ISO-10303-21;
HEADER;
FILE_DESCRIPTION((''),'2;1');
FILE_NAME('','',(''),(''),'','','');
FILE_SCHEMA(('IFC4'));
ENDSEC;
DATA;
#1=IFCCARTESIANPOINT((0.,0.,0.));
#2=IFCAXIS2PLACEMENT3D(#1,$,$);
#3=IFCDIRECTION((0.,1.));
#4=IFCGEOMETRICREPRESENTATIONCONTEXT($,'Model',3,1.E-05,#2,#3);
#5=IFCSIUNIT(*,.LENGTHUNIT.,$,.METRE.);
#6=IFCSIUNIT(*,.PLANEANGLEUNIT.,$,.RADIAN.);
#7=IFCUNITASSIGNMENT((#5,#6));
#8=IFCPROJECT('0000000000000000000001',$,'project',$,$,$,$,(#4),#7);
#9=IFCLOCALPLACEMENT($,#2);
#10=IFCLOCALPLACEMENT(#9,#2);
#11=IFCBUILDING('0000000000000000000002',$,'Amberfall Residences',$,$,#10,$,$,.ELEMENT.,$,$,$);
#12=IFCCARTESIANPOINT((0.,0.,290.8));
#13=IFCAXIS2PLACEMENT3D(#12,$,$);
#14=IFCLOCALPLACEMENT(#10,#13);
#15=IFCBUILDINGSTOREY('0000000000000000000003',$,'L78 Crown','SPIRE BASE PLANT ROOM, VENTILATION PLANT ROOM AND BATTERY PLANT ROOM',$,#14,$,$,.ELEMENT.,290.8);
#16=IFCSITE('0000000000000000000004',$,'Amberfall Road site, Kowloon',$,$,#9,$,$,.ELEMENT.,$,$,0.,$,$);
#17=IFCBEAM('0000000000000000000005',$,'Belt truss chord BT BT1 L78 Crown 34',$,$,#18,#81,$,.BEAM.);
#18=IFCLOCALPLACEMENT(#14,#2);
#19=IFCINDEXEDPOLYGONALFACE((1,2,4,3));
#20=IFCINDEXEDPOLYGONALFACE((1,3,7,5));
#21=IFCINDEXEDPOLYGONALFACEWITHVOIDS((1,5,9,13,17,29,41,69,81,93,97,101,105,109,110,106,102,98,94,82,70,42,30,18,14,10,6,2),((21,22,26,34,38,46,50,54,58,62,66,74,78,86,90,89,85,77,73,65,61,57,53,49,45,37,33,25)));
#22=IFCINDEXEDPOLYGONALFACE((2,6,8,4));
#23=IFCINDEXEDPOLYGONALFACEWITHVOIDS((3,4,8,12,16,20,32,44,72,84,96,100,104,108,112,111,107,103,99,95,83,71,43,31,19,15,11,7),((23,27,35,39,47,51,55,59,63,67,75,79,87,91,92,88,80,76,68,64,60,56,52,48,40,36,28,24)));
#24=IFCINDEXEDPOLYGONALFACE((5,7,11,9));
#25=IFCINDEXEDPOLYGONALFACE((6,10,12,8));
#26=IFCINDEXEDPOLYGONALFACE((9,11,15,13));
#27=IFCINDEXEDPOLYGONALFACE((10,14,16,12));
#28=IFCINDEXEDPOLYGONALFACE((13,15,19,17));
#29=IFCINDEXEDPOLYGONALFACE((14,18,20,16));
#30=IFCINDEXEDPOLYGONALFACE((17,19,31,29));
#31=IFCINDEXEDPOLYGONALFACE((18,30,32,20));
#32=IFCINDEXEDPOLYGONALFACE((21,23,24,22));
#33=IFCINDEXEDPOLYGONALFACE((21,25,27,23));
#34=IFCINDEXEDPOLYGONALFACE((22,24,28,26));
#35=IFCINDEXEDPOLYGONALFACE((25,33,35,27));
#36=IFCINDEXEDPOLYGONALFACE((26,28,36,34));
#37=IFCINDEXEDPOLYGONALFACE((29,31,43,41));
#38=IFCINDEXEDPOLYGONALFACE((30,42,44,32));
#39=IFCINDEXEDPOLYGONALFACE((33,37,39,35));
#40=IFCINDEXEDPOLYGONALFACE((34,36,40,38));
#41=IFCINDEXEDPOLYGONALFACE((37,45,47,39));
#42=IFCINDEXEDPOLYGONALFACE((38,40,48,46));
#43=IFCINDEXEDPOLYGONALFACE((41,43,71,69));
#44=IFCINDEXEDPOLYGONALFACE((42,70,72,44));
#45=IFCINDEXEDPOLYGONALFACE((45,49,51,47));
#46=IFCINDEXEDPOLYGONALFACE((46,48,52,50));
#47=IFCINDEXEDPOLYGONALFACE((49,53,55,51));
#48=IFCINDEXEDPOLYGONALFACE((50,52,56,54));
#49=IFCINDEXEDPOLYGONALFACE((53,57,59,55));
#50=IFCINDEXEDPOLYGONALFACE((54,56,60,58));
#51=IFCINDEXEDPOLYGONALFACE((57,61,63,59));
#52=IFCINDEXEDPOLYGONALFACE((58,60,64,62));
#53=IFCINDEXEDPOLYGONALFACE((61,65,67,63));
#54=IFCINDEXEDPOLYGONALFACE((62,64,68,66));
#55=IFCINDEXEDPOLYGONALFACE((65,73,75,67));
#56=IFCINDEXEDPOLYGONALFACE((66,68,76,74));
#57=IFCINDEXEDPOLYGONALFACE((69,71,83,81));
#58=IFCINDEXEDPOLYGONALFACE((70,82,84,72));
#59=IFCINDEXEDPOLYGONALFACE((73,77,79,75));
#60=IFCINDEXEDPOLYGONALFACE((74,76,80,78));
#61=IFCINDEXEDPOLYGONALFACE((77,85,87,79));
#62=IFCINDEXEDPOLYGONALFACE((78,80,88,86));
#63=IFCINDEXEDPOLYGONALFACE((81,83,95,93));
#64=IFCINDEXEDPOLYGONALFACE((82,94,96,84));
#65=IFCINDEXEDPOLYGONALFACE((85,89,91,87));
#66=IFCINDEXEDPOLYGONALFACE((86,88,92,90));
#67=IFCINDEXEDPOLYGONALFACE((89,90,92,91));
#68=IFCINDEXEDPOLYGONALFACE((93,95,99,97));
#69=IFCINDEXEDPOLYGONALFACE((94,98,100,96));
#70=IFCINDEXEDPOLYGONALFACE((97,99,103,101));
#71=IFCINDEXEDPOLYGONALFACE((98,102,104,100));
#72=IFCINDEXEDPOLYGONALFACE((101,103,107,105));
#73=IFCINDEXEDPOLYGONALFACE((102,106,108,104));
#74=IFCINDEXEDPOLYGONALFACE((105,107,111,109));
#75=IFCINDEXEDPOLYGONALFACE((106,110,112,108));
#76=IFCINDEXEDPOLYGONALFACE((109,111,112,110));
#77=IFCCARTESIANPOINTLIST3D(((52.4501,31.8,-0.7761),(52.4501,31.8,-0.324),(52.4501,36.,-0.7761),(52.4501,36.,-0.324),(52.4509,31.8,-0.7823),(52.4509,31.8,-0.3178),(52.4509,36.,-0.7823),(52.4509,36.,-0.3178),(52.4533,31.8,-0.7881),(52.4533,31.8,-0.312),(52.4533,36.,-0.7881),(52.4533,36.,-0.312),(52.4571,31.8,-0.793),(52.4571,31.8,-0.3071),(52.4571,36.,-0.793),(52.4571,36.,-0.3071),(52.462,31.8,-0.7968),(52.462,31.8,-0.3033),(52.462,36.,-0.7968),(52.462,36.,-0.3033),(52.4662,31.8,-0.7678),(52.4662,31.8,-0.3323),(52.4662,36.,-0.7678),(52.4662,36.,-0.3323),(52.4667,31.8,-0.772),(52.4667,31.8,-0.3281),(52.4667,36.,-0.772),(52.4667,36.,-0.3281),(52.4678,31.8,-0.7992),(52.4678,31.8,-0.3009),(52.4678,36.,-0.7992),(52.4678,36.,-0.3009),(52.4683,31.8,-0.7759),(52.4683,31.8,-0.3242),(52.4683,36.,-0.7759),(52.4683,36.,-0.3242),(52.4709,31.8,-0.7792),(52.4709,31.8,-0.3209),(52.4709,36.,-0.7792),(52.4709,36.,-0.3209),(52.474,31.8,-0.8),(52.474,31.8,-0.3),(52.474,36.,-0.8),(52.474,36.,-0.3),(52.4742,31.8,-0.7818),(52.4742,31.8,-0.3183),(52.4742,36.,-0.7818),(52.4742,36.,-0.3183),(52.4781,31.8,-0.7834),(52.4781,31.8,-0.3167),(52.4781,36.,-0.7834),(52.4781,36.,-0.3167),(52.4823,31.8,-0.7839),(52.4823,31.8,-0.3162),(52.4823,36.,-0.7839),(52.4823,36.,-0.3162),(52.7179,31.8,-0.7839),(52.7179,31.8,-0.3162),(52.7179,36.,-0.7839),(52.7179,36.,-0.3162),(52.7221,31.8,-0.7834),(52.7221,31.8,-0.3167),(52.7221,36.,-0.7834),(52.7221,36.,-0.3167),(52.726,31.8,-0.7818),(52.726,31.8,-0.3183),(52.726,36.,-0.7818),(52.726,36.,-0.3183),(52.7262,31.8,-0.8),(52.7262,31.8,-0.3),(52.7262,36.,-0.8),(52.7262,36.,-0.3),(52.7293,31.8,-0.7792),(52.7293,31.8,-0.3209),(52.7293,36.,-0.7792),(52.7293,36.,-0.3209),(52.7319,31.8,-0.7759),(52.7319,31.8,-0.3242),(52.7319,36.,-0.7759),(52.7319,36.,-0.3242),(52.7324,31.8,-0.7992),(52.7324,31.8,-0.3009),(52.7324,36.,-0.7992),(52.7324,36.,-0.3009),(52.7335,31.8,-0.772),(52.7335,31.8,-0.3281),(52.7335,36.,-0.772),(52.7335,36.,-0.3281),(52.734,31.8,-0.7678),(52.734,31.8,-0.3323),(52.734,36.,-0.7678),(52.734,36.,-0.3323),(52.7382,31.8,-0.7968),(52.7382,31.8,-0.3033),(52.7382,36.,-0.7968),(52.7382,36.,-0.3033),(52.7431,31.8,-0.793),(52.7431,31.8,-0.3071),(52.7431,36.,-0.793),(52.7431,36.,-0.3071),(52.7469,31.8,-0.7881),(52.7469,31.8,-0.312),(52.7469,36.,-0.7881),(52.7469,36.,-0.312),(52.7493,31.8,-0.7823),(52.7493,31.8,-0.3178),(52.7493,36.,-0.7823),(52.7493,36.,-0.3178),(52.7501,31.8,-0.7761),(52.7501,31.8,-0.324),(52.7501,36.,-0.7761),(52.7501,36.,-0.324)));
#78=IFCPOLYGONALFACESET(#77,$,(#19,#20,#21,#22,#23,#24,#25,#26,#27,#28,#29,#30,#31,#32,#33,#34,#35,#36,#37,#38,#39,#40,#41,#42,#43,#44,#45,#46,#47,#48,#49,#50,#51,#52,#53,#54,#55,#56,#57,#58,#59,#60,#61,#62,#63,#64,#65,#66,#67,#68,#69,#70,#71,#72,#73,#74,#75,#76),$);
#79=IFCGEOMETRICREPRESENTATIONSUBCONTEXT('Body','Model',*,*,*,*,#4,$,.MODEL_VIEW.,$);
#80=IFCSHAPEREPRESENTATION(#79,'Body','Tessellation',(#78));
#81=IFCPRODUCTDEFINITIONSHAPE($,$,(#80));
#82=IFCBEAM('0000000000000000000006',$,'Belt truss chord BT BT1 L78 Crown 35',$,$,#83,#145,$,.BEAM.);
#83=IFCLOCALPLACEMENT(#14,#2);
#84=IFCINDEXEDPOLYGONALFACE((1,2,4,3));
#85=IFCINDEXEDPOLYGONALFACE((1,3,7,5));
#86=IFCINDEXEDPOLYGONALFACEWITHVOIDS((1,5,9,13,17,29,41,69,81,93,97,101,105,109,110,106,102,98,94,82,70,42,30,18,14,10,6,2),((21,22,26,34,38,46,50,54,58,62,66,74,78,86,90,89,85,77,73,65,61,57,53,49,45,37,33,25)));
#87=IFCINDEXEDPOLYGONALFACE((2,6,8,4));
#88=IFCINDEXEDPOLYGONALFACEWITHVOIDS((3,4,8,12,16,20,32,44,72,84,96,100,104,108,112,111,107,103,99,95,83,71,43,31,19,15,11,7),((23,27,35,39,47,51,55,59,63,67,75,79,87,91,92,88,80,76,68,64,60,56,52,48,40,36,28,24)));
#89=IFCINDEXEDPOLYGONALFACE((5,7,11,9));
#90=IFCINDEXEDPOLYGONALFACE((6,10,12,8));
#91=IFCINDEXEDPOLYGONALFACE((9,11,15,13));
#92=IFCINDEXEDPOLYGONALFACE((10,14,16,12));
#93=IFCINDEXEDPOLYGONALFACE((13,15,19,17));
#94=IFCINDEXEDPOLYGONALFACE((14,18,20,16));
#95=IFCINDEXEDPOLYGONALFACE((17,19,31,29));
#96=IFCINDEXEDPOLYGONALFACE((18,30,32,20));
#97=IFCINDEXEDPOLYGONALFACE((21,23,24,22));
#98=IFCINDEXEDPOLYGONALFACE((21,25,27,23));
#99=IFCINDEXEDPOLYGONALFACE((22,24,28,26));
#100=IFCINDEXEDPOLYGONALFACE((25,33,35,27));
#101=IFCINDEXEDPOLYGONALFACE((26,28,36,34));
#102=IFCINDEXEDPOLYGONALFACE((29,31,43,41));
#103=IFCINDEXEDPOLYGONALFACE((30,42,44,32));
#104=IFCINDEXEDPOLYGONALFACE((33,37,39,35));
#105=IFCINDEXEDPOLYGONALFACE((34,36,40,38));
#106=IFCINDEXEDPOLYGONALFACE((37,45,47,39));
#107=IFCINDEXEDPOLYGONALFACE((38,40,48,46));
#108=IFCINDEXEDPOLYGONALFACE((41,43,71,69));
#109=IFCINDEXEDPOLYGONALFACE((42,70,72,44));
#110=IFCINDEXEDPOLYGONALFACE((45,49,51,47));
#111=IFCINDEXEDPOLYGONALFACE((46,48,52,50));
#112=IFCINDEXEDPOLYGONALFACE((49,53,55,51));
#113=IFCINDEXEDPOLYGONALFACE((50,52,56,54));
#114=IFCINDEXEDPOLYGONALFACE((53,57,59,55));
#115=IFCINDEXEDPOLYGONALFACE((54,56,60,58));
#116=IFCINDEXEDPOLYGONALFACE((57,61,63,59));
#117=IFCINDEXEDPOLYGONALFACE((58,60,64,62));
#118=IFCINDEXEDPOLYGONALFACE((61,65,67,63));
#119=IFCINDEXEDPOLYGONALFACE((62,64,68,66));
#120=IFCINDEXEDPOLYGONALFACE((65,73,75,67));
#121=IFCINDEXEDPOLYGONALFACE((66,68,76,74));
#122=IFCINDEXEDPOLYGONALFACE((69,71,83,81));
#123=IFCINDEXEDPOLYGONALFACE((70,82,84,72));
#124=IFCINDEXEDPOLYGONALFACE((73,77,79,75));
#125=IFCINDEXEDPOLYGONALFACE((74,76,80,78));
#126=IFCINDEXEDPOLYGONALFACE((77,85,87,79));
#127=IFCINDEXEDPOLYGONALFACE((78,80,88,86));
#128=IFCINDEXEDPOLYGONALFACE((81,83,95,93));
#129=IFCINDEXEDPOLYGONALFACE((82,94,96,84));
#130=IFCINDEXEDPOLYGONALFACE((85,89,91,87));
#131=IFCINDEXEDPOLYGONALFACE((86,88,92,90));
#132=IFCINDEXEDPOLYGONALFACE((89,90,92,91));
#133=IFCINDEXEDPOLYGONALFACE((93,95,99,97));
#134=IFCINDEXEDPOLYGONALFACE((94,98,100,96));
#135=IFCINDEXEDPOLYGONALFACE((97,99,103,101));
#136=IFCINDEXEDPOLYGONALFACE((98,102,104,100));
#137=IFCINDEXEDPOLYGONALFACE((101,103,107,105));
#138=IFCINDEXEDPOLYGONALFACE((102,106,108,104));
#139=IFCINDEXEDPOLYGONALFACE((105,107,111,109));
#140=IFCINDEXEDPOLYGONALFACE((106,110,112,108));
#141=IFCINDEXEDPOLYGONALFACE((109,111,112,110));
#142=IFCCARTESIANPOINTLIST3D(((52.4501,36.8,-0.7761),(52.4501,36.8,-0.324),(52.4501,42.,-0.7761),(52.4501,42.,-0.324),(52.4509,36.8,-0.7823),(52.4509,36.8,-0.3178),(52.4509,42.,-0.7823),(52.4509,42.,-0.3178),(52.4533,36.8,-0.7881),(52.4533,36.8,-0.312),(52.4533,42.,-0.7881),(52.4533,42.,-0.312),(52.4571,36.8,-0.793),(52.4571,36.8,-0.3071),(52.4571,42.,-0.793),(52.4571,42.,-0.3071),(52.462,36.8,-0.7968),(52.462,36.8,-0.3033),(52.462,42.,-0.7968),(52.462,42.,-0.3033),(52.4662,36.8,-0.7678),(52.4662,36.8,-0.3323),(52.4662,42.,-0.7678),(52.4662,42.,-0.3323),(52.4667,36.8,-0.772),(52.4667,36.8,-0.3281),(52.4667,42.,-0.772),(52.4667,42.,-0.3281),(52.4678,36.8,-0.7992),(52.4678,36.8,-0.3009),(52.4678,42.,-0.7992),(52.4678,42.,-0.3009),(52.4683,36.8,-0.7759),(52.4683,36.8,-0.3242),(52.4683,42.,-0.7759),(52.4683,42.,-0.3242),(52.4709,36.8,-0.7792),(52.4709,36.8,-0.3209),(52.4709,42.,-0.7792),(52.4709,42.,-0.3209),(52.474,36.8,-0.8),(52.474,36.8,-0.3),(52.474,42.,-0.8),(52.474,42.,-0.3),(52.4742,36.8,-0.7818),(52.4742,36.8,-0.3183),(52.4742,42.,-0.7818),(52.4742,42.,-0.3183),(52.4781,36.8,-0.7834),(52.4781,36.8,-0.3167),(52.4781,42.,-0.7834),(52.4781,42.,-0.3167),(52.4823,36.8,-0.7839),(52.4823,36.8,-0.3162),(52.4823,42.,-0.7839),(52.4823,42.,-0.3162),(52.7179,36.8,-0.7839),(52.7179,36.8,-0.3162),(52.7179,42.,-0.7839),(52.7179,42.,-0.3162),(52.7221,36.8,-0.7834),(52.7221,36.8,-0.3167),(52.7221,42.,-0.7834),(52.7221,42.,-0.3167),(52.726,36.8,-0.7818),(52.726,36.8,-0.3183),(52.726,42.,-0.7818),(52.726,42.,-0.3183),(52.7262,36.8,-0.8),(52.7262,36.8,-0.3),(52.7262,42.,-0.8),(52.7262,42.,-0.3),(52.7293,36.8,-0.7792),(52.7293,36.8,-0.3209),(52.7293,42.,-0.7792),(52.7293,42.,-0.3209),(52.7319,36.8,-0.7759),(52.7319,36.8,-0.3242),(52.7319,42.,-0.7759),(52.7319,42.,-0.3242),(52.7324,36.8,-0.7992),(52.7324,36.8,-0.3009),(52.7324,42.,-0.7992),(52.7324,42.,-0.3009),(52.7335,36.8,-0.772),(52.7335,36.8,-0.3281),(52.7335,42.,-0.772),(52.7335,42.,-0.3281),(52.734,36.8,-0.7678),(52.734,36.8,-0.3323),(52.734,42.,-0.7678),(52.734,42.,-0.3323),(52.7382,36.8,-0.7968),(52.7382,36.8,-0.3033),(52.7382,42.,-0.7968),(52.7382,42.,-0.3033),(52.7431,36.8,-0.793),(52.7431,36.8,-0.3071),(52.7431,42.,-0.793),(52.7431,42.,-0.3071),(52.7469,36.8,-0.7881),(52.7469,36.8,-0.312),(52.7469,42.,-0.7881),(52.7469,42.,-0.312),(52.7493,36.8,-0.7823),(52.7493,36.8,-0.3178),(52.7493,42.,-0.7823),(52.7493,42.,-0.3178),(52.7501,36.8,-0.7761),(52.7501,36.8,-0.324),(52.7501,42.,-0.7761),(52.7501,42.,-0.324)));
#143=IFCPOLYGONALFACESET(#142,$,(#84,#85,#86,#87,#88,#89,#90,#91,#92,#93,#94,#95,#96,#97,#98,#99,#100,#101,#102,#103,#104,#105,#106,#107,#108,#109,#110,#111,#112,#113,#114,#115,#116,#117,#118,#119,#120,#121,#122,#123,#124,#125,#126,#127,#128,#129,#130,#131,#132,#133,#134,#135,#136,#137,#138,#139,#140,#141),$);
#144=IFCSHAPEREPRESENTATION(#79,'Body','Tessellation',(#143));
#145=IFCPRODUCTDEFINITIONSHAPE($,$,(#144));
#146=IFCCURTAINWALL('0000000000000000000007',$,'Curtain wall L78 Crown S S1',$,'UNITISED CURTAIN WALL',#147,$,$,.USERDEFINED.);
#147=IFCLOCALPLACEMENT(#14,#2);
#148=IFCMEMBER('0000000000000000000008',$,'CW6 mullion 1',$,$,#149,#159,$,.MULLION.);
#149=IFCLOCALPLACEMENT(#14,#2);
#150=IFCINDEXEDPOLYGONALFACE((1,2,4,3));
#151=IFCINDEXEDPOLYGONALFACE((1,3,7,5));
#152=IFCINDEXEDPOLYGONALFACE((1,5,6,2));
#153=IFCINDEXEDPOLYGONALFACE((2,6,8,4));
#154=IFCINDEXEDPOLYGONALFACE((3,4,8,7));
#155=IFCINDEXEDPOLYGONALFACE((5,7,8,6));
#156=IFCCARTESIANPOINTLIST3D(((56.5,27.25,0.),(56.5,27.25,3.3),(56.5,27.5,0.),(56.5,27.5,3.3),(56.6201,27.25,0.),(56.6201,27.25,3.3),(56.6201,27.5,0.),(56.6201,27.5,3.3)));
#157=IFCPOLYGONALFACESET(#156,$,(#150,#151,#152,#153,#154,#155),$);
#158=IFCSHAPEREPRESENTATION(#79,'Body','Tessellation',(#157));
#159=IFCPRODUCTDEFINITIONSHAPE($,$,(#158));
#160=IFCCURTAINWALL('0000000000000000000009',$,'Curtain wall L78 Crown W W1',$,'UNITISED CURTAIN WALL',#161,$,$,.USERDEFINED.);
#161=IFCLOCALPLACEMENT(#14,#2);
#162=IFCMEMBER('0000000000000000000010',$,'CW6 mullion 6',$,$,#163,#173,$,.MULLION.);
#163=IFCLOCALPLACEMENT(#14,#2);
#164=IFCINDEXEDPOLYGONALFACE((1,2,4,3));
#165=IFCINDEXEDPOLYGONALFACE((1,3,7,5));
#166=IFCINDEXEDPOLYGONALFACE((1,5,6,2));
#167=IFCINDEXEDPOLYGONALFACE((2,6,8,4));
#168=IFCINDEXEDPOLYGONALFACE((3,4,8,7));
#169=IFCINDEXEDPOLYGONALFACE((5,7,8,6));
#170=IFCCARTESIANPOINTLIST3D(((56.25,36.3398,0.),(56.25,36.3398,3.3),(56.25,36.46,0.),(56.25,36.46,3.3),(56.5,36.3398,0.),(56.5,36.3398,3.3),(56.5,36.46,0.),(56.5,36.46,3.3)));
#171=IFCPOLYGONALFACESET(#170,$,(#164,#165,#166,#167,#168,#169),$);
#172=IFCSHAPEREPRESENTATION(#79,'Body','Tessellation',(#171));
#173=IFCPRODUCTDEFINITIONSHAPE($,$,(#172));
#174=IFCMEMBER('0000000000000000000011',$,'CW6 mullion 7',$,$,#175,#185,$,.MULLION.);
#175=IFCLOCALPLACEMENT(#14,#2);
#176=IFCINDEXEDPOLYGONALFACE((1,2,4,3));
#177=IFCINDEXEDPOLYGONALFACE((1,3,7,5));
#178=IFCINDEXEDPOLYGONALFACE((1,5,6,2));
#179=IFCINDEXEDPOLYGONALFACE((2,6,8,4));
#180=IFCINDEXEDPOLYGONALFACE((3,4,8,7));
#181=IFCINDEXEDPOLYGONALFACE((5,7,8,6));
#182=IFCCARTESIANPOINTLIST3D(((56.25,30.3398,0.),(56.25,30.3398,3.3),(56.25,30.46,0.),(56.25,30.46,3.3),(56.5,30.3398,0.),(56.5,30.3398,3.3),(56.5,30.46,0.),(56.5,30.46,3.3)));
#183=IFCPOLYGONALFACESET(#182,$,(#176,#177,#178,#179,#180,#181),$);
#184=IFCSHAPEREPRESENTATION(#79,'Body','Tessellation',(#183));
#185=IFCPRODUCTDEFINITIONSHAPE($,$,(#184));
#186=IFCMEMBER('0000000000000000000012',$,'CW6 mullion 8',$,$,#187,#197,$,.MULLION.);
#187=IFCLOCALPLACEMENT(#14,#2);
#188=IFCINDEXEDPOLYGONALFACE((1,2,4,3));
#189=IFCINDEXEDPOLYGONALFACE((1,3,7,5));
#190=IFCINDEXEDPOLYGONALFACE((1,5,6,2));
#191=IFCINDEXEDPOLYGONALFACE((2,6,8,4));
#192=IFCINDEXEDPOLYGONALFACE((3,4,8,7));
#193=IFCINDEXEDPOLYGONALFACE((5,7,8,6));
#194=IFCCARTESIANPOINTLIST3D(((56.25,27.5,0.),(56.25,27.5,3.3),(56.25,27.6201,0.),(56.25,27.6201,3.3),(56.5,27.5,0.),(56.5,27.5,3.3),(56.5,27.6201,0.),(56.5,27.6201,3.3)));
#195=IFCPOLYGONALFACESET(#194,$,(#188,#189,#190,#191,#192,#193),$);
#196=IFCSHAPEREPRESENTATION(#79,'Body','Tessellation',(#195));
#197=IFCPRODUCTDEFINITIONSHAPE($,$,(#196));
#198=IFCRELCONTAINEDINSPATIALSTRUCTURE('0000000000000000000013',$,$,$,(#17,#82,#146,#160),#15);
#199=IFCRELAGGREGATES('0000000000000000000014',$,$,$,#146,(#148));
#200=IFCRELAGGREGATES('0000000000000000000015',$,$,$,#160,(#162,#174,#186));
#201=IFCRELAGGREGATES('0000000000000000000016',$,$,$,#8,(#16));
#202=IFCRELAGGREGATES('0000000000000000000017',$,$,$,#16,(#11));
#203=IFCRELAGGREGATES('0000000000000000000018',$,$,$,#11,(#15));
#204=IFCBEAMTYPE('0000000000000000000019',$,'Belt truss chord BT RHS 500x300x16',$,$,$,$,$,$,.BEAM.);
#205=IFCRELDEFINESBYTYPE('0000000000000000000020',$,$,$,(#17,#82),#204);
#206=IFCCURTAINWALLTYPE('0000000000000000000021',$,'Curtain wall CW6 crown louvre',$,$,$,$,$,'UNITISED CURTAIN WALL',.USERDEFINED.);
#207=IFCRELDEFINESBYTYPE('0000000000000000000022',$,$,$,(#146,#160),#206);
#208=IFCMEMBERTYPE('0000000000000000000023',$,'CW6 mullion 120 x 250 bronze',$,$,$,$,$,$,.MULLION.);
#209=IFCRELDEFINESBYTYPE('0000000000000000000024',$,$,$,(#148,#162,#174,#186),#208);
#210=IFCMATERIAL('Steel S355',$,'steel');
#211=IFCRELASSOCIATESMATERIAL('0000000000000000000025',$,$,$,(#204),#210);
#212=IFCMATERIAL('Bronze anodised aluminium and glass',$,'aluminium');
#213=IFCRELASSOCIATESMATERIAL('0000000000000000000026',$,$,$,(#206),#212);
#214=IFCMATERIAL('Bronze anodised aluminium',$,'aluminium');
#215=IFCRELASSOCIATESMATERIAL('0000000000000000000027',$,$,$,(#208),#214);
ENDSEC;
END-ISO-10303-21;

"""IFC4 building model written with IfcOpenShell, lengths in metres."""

from ifc_helpers import new_model, si_unit, direction, frame, origin, origin_2d, place, context, subcontext, project, spatial, rectangle, hollow_rectangle, extrude, material, material_profile, profile_set, type_object, element, aggregate, save


model = new_model("IFC4")

# Units and contexts
model_context = context("Model", 3, precision=1e-05, world=origin(), true_north=direction((0.0, 1.0)))
body_context = subcontext(model_context, "Body", "Model", "MODEL_VIEW")
ifc_project = project(units=[si_unit("LENGTHUNIT", "METRE"), si_unit("PLANEANGLEUNIT", "RADIAN")], contexts=[model_context])

# Site, building, storey
site_placement = place(None, origin())
site = spatial("IfcSite", under=ifc_project, at=site_placement, Name="Amberfall Road site, Kowloon", CompositionType="ELEMENT", RefElevation=0.0)
building_placement = place(site_placement, origin())
building = spatial("IfcBuilding", under=site, at=building_placement, Name="Amberfall Residences", CompositionType="ELEMENT")
storey_placement = place(building_placement, frame((0.0, 0.0, 290.8)))
storey = spatial("IfcBuildingStorey", under=building, at=storey_placement, Name="L78 Crown", Description="SPIRE BASE PLANT ROOM, VENTILATION PLANT ROOM AND BATTERY PLANT ROOM", CompositionType="ELEMENT", Elevation=290.8)

# Beams
ifc_material_1 = material(Name="Steel S355", Category="steel")
ifc_material_profile_1 = material_profile(ifc_material_1, hollow_rectangle(XDim=0.3, YDim=0.5, WallThickness=0.0161, InnerFilletRadius=0.0161, OuterFilletRadius=0.0239, at=origin_2d()), Name="RHS 500x300x16")
ifc_profile_set_1 = profile_set([ifc_material_profile_1], Name="Steel S355")
beam_type_1 = type_object("IfcBeamType", Name="Belt truss chord BT RHS 500x300x16", PredefinedType="BEAM", material=ifc_profile_set_1)
beam_1_placement = place(storey_placement, frame((52.6001, 31.8, -0.55), z_axis=(0.0, 1.0, 0.0), x_axis=(-1.0, 0.0, 0.0)))
element("IfcBeam", 1, at=beam_1_placement, inside=storey, type_object=beam_type_1, Name="Belt truss chord BT BT1 L78 Crown 34", PredefinedType="BEAM", context=body_context, shape_type="SweptSolid", body=[
    extrude(hollow_rectangle(XDim=0.3, YDim=0.5, WallThickness=0.0161, InnerFilletRadius=0.0161, OuterFilletRadius=0.0239, at=origin_2d()), origin(), (0.0, 0.0, 1.0), 4.2),
])
beam_2_placement = place(storey_placement, frame((52.6001, 36.8, -0.55), z_axis=(0.0, 1.0, 0.0), x_axis=(-1.0, 0.0, 0.0)))
element("IfcBeam", 2, at=beam_2_placement, inside=storey, type_object=beam_type_1, Name="Belt truss chord BT BT1 L78 Crown 35", PredefinedType="BEAM", context=body_context, shape_type="SweptSolid", body=[
    extrude(hollow_rectangle(XDim=0.3, YDim=0.5, WallThickness=0.0161, InnerFilletRadius=0.0161, OuterFilletRadius=0.0239, at=origin_2d()), origin(), (0.0, 0.0, 1.0), 5.2),
])

# Curtain wall, member
ifc_material_2 = material(Name="Bronze anodised aluminium and glass", Category="aluminium")
curtain_wall_type = type_object("IfcCurtainWallType", Name="Curtain wall CW6 crown louvre", ElementType="UNITISED CURTAIN WALL", PredefinedType="USERDEFINED", material=ifc_material_2)
curtain_wall_1_placement = place(storey_placement, origin())
curtain_wall_1 = element("IfcCurtainWall", 3, at=curtain_wall_1_placement, inside=storey, type_object=curtain_wall_type, Name="Curtain wall L78 Crown S S1", ObjectType="UNITISED CURTAIN WALL", PredefinedType="USERDEFINED")
ifc_material_3 = material(Name="Bronze anodised aluminium", Category="aluminium")
ifc_material_profile_2 = material_profile(ifc_material_3, rectangle(XDim=0.25, YDim=0.1201, at=origin_2d()), Name="CW6 mullion 120 x 250 bronze")
ifc_profile_set_2 = profile_set([ifc_material_profile_2], Name="Bronze anodised aluminium")
member_type_1 = type_object("IfcMemberType", Name="CW6 mullion 120 x 250 bronze", PredefinedType="MULLION", material=ifc_profile_set_2)
member_1_placement = place(storey_placement, frame((56.5601, 27.375, 0.0), z_axis=(0.0, 0.0, 1.0), x_axis=(0.0, 1.0, 0.0)))
member_1 = element("IfcMember", 4, at=member_1_placement, type_object=member_type_1, Name="CW6 mullion 1", PredefinedType="MULLION", context=body_context, shape_type="SweptSolid", body=[
    extrude(rectangle(XDim=0.25, YDim=0.1201, at=origin_2d()), origin(), (0.0, 0.0, 1.0), 3.3),
])

# Curtain wall, members
curtain_wall_2_placement = place(storey_placement, origin())
curtain_wall_2 = element("IfcCurtainWall", 5, at=curtain_wall_2_placement, inside=storey, type_object=curtain_wall_type, Name="Curtain wall L78 Crown W W1", ObjectType="UNITISED CURTAIN WALL", PredefinedType="USERDEFINED")
member_2_placement = place(storey_placement, frame((56.375, 36.3999, 0.0), z_axis=(0.0, 0.0, 1.0), x_axis=(1.0, 0.0, 0.0)))
member_2 = element("IfcMember", 6, at=member_2_placement, type_object=member_type_1, Name="CW6 mullion 6", PredefinedType="MULLION", context=body_context, shape_type="SweptSolid", body=[
    extrude(rectangle(XDim=0.25, YDim=0.1201, at=origin_2d()), origin(), (0.0, 0.0, 1.0), 3.3),
])
member_3_placement = place(storey_placement, frame((56.375, 30.3999, 0.0), z_axis=(0.0, 0.0, 1.0), x_axis=(1.0, 0.0, 0.0)))
member_3 = element("IfcMember", 7, at=member_3_placement, type_object=member_type_1, Name="CW6 mullion 7", PredefinedType="MULLION", context=body_context, shape_type="SweptSolid", body=[
    extrude(rectangle(XDim=0.25, YDim=0.1201, at=origin_2d()), origin(), (0.0, 0.0, 1.0), 3.3),
])
member_4_placement = place(storey_placement, frame((56.375, 27.5601, 0.0), z_axis=(0.0, 0.0, 1.0), x_axis=(1.0, 0.0, 0.0)))
member_4 = element("IfcMember", 8, at=member_4_placement, type_object=member_type_1, Name="CW6 mullion 8", PredefinedType="MULLION", context=body_context, shape_type="SweptSolid", body=[
    extrude(rectangle(XDim=0.25, YDim=0.1201, at=origin_2d()), origin(), (0.0, 0.0, 1.0), 3.3),
])

aggregate(curtain_wall_1, [member_1])
aggregate(curtain_wall_2, [member_2, member_3, member_4])

save(model, "model.ifc")
